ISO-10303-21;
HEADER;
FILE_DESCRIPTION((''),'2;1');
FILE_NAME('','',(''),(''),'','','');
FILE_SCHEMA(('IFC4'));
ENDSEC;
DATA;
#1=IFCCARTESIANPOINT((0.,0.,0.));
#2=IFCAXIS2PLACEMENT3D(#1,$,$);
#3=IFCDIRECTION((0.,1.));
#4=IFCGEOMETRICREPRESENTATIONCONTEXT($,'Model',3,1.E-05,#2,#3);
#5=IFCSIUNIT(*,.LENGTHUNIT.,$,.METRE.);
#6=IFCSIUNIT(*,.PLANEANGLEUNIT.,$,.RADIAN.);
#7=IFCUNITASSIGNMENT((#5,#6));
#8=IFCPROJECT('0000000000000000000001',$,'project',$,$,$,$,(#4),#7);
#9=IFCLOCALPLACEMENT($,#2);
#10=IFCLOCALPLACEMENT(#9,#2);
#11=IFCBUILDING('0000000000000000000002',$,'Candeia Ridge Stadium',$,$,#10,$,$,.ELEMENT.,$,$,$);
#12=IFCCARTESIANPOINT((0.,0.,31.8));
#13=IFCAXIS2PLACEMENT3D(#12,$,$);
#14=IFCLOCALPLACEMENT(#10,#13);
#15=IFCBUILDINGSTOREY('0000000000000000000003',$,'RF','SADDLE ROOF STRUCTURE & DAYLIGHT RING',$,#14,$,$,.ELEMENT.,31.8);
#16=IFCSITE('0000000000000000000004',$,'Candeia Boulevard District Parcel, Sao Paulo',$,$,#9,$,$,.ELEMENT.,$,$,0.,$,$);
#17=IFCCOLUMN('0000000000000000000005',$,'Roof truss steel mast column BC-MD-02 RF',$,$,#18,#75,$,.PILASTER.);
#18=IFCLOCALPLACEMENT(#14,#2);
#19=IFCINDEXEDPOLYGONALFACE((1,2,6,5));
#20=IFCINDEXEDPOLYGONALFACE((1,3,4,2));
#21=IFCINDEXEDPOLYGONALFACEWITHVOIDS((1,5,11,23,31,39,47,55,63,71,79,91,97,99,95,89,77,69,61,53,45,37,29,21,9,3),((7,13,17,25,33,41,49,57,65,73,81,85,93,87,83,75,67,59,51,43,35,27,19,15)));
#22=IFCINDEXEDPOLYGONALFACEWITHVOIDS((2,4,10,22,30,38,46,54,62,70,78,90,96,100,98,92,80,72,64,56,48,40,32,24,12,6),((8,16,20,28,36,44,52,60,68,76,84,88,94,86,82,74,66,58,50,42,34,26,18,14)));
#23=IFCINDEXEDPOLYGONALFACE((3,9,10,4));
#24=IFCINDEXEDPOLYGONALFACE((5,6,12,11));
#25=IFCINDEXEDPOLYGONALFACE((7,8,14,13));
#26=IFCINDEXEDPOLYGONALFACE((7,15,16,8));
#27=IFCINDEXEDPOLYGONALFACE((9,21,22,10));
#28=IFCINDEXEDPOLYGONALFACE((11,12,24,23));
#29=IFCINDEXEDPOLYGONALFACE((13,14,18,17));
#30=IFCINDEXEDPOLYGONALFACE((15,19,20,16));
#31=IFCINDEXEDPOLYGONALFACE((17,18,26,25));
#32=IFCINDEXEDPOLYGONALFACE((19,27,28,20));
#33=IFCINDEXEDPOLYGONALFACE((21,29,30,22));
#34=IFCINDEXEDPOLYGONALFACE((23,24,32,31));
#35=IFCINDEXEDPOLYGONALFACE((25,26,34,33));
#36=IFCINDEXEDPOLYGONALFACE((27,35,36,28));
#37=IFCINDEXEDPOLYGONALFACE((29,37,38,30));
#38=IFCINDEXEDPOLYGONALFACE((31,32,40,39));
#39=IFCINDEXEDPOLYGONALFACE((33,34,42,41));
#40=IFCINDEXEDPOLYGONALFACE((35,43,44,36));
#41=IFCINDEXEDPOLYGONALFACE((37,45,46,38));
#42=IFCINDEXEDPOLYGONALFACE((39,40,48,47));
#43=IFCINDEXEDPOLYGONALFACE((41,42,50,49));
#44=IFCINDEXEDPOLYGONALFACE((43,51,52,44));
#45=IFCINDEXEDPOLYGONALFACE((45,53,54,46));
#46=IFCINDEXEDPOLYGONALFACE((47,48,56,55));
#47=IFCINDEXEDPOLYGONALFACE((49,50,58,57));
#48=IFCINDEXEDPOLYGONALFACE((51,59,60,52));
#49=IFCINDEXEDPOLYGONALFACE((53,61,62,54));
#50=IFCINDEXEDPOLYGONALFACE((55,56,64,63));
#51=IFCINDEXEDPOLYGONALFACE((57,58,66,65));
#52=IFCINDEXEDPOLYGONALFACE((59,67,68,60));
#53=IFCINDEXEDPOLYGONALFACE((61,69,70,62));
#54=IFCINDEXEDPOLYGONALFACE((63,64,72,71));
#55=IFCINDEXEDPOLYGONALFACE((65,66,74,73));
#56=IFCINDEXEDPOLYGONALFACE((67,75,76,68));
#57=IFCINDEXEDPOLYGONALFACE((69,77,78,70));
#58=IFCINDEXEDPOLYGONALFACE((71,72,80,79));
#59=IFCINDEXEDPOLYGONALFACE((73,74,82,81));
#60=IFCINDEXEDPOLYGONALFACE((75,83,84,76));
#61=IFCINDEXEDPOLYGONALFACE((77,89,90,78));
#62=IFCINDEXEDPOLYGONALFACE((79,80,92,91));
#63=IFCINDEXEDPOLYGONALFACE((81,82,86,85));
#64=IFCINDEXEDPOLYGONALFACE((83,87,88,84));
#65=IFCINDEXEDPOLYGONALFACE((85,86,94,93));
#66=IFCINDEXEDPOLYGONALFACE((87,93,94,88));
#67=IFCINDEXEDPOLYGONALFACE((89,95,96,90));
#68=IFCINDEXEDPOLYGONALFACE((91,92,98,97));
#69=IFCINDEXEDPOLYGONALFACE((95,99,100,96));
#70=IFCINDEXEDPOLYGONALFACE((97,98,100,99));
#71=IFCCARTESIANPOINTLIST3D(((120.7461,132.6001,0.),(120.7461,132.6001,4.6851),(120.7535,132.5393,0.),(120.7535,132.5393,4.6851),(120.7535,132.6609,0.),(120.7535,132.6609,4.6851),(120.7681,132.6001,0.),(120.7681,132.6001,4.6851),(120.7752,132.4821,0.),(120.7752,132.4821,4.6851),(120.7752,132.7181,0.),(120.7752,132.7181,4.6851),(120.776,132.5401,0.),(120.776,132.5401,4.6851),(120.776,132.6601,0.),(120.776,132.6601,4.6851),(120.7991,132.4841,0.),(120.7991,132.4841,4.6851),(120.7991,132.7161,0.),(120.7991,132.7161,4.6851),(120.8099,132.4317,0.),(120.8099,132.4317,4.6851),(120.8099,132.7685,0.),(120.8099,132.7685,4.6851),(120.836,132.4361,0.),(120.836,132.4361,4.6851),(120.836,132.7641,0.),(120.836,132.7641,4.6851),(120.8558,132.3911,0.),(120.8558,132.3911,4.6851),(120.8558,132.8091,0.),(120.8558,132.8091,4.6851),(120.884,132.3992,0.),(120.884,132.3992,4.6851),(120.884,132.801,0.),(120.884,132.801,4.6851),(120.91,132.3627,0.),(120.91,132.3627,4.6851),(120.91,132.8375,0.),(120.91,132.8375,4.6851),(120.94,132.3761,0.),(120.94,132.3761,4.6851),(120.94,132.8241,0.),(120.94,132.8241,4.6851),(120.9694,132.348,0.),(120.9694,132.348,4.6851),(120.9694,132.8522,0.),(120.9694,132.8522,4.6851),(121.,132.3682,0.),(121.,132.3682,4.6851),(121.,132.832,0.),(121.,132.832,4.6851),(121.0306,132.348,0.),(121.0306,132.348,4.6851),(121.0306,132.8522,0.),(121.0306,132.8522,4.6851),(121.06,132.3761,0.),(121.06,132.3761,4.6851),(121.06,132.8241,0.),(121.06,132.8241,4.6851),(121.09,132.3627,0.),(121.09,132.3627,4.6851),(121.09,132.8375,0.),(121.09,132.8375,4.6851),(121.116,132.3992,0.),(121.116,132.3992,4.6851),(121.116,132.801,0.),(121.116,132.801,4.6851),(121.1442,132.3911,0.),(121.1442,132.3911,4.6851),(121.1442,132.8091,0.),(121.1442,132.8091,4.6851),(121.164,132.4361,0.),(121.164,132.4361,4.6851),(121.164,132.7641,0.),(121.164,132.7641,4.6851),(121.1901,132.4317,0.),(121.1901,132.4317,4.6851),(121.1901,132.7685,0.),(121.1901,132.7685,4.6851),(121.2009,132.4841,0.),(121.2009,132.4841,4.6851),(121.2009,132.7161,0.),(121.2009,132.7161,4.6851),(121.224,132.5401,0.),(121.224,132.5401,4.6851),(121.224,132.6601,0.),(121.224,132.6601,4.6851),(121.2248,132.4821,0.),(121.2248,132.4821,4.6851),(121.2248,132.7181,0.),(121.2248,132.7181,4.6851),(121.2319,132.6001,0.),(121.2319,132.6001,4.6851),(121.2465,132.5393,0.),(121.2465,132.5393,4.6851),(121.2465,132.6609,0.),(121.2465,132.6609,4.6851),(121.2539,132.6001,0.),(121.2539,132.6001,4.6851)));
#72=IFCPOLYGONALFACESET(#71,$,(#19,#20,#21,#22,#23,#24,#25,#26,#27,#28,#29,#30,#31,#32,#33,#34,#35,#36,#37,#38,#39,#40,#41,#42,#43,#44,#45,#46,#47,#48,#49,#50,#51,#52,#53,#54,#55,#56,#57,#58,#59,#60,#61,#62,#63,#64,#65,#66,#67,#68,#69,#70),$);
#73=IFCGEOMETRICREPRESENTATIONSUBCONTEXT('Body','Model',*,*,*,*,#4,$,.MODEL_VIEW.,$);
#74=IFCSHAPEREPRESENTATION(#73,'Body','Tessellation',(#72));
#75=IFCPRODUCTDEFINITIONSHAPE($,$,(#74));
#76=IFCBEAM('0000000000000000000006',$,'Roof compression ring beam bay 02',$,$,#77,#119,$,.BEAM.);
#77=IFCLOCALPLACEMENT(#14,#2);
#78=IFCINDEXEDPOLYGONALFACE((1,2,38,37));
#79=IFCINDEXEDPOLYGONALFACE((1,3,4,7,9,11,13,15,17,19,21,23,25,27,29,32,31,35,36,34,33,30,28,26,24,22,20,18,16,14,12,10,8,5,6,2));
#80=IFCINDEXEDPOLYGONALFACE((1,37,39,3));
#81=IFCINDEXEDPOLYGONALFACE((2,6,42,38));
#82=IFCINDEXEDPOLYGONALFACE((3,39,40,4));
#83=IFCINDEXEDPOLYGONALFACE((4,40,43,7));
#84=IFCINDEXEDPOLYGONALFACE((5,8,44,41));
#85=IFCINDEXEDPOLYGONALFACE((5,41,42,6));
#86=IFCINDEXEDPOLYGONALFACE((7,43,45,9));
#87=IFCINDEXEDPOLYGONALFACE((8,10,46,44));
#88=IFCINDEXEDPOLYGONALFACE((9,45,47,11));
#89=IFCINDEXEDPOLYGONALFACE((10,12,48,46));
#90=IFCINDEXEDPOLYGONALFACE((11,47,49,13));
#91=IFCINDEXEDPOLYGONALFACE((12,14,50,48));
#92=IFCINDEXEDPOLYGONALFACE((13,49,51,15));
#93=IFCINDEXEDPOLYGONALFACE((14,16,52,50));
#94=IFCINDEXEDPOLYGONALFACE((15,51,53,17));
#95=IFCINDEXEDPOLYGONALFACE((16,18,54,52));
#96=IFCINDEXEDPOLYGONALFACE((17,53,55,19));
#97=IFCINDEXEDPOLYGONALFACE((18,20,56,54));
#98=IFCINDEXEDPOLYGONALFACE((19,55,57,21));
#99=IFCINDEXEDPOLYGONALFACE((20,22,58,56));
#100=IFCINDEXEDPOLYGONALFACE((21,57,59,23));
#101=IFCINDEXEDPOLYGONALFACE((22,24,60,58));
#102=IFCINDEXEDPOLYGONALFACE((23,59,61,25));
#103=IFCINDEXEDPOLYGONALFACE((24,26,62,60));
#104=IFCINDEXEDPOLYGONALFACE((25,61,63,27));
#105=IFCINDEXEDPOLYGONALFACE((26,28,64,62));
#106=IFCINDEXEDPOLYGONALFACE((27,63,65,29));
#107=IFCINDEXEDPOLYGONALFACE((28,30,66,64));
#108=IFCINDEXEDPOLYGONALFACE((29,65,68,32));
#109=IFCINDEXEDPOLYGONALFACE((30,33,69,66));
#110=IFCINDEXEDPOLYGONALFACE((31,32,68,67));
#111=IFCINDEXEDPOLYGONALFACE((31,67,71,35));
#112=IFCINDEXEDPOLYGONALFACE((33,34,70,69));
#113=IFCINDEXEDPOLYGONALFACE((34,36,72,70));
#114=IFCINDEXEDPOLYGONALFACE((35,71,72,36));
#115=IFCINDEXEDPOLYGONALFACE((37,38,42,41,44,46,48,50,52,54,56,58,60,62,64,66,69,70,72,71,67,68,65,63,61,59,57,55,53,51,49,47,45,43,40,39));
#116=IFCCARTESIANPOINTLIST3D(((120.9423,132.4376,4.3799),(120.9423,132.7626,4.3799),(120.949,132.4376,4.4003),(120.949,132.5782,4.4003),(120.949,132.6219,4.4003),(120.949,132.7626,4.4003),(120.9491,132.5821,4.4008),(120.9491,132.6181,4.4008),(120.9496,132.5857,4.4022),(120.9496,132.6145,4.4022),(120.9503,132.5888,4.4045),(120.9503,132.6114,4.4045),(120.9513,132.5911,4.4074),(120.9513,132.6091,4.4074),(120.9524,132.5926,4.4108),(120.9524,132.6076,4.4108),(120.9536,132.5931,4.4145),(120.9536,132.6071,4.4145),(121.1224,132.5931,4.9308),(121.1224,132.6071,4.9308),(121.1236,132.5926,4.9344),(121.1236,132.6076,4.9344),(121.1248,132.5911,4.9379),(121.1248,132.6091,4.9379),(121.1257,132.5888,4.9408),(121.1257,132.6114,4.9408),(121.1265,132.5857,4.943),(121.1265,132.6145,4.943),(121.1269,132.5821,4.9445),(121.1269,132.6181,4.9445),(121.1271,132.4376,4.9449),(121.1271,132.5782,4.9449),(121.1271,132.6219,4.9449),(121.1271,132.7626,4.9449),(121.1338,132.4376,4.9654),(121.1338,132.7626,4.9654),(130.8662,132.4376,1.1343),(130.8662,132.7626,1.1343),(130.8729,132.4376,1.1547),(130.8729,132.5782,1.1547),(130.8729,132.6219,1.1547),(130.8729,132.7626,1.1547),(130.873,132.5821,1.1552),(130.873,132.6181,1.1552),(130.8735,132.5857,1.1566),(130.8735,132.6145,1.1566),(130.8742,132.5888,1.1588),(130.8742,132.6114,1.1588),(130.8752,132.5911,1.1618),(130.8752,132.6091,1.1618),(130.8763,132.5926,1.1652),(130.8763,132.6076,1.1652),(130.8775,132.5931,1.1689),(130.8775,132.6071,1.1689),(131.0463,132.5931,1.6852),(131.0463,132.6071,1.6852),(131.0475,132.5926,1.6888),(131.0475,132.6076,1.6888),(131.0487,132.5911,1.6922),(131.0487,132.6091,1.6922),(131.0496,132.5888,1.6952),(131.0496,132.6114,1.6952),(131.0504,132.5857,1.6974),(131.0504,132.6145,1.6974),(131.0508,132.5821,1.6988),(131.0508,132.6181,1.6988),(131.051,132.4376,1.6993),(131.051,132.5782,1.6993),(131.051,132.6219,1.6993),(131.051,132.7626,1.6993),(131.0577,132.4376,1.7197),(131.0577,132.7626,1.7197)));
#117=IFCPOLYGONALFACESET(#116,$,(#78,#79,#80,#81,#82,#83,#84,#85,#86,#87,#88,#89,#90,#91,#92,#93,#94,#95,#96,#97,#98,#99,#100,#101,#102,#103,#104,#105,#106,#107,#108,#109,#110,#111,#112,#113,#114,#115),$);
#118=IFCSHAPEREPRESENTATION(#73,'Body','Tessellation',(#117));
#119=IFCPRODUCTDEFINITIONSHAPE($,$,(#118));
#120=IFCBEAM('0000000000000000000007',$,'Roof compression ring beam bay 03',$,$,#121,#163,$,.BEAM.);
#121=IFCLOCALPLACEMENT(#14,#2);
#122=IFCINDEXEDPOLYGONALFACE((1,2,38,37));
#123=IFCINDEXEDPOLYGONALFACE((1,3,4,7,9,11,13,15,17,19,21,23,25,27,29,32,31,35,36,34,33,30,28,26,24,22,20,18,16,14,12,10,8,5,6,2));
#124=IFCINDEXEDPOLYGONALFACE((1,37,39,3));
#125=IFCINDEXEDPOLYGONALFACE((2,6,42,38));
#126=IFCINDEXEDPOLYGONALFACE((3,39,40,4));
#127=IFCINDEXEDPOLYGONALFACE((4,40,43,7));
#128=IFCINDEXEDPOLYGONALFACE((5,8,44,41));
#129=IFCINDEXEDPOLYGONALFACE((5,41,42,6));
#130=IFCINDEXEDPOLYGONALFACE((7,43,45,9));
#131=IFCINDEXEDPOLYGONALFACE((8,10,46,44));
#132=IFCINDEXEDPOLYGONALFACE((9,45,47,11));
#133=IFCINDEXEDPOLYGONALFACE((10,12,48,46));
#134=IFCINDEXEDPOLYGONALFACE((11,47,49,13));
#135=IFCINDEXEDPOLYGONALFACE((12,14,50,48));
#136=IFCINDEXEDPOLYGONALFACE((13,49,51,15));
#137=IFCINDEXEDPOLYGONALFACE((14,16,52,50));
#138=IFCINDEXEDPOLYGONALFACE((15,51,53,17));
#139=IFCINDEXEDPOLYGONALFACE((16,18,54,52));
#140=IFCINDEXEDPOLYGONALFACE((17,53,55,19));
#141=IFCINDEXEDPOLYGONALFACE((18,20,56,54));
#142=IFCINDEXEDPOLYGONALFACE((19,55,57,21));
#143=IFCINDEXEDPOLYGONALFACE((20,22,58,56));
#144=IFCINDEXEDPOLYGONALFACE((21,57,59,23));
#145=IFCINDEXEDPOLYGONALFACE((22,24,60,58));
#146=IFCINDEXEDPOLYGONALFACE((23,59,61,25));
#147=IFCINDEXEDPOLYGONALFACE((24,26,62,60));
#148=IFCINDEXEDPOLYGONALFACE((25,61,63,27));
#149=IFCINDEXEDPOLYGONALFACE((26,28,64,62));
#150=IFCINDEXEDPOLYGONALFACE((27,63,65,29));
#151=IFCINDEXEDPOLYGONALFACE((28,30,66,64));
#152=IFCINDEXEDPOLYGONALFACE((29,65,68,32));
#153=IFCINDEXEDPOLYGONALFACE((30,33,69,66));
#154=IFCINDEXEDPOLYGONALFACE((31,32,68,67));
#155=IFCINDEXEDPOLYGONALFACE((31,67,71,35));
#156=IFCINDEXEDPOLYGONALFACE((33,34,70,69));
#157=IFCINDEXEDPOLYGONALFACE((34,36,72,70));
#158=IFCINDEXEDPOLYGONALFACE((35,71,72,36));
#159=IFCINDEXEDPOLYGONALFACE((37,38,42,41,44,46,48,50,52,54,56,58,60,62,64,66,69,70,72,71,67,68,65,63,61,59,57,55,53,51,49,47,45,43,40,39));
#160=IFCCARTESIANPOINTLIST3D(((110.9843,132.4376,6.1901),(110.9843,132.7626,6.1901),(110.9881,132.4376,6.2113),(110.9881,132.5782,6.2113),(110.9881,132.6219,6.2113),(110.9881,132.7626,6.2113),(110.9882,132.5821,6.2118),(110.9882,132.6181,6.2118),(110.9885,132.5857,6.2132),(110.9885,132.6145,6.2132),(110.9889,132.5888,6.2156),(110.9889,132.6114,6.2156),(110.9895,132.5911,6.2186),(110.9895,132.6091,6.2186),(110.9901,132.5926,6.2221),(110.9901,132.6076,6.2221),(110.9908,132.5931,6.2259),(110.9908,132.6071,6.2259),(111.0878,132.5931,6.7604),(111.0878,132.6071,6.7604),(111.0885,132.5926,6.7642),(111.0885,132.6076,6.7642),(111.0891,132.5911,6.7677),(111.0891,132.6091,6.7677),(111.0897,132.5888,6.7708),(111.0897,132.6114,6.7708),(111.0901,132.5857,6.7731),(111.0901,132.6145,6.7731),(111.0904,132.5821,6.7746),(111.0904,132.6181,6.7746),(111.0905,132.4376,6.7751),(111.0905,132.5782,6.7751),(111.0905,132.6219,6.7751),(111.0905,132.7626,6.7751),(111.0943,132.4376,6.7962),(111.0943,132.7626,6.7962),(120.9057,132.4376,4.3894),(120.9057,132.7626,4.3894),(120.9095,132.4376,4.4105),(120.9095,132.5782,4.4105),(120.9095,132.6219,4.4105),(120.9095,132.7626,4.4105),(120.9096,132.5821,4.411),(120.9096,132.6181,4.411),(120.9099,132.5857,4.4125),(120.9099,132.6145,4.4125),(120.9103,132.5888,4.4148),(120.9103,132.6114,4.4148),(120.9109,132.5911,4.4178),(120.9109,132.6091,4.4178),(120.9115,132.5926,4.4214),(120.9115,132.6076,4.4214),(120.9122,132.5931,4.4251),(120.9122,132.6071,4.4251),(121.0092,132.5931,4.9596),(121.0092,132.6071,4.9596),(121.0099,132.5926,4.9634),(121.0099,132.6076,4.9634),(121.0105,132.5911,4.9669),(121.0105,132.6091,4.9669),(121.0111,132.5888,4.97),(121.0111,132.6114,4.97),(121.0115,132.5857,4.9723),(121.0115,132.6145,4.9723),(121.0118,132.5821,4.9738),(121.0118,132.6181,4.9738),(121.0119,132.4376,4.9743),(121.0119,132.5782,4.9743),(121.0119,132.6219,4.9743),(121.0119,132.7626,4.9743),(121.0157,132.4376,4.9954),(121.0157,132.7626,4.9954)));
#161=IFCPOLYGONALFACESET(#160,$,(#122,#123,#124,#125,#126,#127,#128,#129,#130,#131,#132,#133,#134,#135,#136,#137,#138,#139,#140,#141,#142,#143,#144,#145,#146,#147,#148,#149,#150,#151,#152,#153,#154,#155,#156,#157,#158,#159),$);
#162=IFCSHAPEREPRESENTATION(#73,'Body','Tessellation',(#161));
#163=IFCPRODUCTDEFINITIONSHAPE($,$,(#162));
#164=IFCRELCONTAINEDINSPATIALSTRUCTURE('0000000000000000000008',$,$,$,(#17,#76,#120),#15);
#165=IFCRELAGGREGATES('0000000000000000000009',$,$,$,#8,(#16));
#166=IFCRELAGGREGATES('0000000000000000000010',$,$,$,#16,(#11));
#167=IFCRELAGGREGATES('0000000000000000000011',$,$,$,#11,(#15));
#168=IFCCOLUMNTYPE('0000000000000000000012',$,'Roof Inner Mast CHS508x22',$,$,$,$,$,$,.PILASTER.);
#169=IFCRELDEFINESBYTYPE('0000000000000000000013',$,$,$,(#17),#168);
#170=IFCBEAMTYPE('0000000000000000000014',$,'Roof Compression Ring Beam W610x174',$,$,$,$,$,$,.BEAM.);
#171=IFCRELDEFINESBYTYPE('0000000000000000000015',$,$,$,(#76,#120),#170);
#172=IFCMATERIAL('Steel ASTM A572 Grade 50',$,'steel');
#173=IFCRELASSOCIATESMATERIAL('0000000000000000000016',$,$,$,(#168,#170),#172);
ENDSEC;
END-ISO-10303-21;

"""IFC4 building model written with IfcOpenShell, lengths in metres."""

from ifc_helpers import new_model, si_unit, direction, frame, origin, origin_2d, place, context, subcontext, project, spatial, hollow_circle, i_section, extrude, material, material_profile, profile_set, type_object, element, save


model = new_model("IFC4")

# Units and contexts
model_context = context("Model", 3, precision=1e-05, world=origin(), true_north=direction((0.0, 1.0)))
body_context = subcontext(model_context, "Body", "Model", "MODEL_VIEW")
ifc_project = project(units=[si_unit("LENGTHUNIT", "METRE"), si_unit("PLANEANGLEUNIT", "RADIAN")], contexts=[model_context])

# Site, building, storey
site_placement = place(None, origin())
site = spatial("IfcSite", under=ifc_project, at=site_placement, Name="Candeia Boulevard District Parcel, Sao Paulo", CompositionType="ELEMENT", RefElevation=0.0)
building_placement = place(site_placement, origin())
building = spatial("IfcBuilding", under=site, at=building_placement, Name="Candeia Ridge Stadium", CompositionType="ELEMENT")
storey_placement = place(building_placement, frame((0.0, 0.0, 31.8)))
storey = spatial("IfcBuildingStorey", under=building, at=storey_placement, Name="RF", Description="SADDLE ROOF STRUCTURE & DAYLIGHT RING", CompositionType="ELEMENT", Elevation=31.8)

# Column
ifc_material_1 = material(Name="Steel ASTM A572 Grade 50", Category="steel")
ifc_material_profile_1 = material_profile(ifc_material_1, hollow_circle(Radius=0.2539, WallThickness=0.022, at=origin_2d()), Name="CHS508x22", Category="steel")
ifc_profile_set_1 = profile_set([ifc_material_profile_1], Name="Steel ASTM A572 Grade 50")
column_type = type_object("IfcColumnType", Name="Roof Inner Mast CHS508x22", PredefinedType="PILASTER", material=ifc_profile_set_1)
column_placement = place(storey_placement, frame((121.0, 132.6001, 0.0), z_axis=(0.0, 0.0, 1.0), x_axis=(1.0, 0.0, 0.0)))
element("IfcColumn", 1, at=column_placement, inside=storey, type_object=column_type, Name="Roof truss steel mast column BC-MD-02 RF", PredefinedType="PILASTER", context=body_context, shape_type="SweptSolid", body=[
    extrude(hollow_circle(Radius=0.2539, WallThickness=0.022, at=origin_2d()), origin(), (0.0, 0.0, 1.0), 4.6851),
])

# Beams
ifc_material_profile_2 = material_profile(ifc_material_1, i_section(OverallWidth=0.325, OverallDepth=0.616, WebThickness=0.0139, FlangeThickness=0.0215, FilletRadius=0.0149, at=origin_2d()), Name="W610x174", Category="steel")
ifc_profile_set_2 = profile_set([ifc_material_profile_2], Name="Steel ASTM A572 Grade 50")
beam_type_1 = type_object("IfcBeamType", Name="Roof Compression Ring Beam W610x174", PredefinedType="BEAM", material=ifc_profile_set_2)
beam_1_placement = place(storey_placement, frame((130.9619, 132.6001, 1.427), z_axis=(-0.950459, 0.0, 0.310849), x_axis=(0.0, -1.0, 0.0)))
element("IfcBeam", 2, at=beam_1_placement, inside=storey, type_object=beam_type_1, Name="Roof compression ring beam bay 02", PredefinedType="BEAM", context=body_context, shape_type="SweptSolid", body=[
    extrude(i_section(OverallWidth=0.325, OverallDepth=0.616, WebThickness=0.0139, FlangeThickness=0.0215, FilletRadius=0.0149, at=origin_2d()), origin(), (0.0, 0.0, 1.0), 10.4412),
])
beam_2_placement = place(storey_placement, frame((120.9607, 132.6001, 4.6924), z_axis=(-0.983924, 0.0, 0.178587), x_axis=(0.0, -1.0, 0.0)))
element("IfcBeam", 3, at=beam_2_placement, inside=storey, type_object=beam_type_1, Name="Roof compression ring beam bay 03", PredefinedType="BEAM", context=body_context, shape_type="SweptSolid", body=[
    extrude(i_section(OverallWidth=0.325, OverallDepth=0.616, WebThickness=0.0139, FlangeThickness=0.0215, FilletRadius=0.0149, at=origin_2d()), origin(), (0.0, 0.0, 1.0), 10.0835),
])

save(model, "model.ifc")
